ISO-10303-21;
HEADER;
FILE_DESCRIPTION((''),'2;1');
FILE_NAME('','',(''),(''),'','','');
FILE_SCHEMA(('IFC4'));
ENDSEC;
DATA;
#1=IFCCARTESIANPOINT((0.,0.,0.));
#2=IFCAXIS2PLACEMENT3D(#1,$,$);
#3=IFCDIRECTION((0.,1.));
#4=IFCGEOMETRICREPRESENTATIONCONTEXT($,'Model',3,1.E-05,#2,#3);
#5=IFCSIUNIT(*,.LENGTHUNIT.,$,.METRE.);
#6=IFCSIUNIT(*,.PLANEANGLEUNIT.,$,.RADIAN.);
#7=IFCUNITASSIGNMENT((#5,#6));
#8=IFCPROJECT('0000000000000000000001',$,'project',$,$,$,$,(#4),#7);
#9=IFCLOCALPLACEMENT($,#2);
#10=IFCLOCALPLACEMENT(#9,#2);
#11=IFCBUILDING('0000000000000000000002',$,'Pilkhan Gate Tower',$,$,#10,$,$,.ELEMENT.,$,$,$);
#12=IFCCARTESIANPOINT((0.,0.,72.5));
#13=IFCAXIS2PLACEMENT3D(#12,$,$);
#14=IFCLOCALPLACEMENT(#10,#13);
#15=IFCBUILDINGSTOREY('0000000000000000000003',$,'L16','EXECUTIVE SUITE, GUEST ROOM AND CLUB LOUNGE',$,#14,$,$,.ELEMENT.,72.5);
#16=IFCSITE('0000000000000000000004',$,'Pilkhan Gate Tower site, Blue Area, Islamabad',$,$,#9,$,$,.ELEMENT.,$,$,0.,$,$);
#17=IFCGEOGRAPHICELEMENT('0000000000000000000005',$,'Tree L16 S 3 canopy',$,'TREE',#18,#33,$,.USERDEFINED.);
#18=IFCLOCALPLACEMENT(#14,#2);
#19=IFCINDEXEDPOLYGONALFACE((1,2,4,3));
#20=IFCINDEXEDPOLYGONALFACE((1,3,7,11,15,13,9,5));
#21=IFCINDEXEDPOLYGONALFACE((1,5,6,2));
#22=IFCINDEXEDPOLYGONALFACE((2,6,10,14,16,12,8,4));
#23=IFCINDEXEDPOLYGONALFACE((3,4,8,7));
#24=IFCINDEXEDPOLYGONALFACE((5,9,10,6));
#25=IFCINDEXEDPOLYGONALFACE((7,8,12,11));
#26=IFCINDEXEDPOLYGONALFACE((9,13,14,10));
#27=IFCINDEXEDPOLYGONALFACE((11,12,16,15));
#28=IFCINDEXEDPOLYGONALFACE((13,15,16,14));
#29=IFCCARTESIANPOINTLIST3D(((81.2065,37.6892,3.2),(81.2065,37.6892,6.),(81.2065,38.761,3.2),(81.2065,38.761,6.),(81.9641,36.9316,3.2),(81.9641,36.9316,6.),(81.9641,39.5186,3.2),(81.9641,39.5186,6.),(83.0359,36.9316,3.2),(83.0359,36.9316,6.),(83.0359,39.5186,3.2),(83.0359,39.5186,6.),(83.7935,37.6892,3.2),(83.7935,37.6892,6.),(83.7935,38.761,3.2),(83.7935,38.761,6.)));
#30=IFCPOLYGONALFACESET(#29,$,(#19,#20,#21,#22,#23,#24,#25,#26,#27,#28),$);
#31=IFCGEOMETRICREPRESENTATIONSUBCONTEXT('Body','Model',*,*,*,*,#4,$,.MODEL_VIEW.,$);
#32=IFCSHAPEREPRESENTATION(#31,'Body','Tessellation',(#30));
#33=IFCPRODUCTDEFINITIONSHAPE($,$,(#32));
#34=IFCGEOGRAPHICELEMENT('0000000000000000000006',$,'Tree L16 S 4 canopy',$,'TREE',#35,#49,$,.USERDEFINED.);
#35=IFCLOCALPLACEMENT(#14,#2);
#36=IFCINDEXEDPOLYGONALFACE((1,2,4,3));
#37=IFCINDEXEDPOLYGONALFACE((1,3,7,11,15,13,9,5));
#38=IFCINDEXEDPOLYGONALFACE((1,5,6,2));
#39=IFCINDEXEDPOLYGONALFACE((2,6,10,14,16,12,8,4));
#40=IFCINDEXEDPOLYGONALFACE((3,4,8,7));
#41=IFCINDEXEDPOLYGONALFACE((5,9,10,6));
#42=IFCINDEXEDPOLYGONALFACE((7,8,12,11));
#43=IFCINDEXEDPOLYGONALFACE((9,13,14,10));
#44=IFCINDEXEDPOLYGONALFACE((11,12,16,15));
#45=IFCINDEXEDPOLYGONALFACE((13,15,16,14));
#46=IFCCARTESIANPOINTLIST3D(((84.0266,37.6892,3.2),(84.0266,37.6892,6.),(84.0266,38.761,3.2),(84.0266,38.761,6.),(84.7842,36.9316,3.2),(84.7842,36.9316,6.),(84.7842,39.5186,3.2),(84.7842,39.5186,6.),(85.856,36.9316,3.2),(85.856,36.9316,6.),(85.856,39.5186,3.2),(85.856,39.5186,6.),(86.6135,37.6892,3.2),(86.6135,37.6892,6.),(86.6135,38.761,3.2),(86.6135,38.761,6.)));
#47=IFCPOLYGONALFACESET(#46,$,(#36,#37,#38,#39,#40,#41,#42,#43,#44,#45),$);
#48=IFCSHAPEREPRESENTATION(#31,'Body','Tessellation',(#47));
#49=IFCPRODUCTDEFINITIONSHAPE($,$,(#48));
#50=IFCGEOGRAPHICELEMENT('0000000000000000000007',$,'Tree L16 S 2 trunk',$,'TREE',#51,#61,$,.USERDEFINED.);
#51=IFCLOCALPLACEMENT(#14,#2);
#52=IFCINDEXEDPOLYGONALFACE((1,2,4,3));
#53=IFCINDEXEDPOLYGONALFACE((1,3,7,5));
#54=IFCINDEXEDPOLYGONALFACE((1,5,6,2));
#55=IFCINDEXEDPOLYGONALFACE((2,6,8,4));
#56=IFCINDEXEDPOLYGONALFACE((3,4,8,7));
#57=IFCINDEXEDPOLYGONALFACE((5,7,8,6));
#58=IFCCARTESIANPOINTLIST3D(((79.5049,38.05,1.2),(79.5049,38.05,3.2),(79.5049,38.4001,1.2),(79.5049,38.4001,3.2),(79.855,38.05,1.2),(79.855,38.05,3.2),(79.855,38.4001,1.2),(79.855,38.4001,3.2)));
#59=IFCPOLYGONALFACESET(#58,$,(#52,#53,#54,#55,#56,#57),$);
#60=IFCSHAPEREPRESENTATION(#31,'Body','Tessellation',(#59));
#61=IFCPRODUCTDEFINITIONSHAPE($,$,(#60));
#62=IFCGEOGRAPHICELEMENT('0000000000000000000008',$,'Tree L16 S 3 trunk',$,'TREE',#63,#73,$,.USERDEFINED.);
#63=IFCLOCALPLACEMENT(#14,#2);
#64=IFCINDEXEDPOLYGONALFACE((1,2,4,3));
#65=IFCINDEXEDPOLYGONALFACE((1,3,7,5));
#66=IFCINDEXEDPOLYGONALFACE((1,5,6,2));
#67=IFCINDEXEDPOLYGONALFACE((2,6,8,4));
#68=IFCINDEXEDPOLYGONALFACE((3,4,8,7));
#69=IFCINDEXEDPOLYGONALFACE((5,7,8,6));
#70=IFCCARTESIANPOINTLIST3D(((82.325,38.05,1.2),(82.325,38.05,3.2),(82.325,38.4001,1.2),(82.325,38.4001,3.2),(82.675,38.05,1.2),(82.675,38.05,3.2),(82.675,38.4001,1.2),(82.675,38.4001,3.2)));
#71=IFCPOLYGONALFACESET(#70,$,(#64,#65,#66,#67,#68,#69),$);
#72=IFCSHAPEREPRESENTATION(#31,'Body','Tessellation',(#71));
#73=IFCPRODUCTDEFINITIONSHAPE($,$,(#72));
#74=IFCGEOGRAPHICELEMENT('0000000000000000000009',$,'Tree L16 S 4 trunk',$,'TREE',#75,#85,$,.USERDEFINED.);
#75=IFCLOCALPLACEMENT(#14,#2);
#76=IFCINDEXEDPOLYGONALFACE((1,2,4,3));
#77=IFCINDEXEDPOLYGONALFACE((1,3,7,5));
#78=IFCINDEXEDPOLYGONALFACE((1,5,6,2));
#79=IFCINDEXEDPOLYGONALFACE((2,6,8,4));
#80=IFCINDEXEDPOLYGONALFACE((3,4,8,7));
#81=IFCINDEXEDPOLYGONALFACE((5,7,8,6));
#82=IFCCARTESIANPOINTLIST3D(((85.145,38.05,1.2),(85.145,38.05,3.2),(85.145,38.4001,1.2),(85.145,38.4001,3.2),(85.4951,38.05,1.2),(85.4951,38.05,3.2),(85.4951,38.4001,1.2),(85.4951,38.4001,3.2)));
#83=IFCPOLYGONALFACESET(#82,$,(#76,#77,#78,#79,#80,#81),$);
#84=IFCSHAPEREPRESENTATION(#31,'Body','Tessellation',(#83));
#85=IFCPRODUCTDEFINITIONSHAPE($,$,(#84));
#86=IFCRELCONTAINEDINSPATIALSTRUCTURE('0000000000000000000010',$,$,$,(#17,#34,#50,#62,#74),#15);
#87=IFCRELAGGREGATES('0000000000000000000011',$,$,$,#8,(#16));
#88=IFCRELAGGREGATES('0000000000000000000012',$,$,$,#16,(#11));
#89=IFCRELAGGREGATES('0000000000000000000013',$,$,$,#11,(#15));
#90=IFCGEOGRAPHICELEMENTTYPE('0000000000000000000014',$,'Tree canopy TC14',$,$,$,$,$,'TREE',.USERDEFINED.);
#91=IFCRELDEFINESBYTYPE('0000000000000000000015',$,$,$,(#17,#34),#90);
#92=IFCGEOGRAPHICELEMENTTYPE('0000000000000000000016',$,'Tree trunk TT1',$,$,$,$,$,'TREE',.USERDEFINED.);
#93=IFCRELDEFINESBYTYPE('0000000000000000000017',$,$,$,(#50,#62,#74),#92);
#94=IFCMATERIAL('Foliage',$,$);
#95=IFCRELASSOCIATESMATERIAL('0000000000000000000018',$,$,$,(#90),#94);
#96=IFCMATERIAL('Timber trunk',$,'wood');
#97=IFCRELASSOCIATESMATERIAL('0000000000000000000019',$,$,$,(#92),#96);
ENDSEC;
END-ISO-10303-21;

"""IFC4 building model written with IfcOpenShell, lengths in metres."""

from ifc_helpers import new_model, si_unit, direction, frame, origin, origin_2d, place, context, subcontext, project, spatial, polyline, rectangle, outline, extrude, material, material_profile, profile_set, type_object, element, save


model = new_model("IFC4")

# Units and contexts
model_context = context("Model", 3, precision=1e-05, world=origin(), true_north=direction((0.0, 1.0)))
body_context = subcontext(model_context, "Body", "Model", "MODEL_VIEW")
ifc_project = project(units=[si_unit("LENGTHUNIT", "METRE"), si_unit("PLANEANGLEUNIT", "RADIAN")], contexts=[model_context])

# Site, building, storey
site_placement = place(None, origin())
site = spatial("IfcSite", under=ifc_project, at=site_placement, Name="Pilkhan Gate Tower site, Blue Area, Islamabad", CompositionType="ELEMENT", RefElevation=0.0)
building_placement = place(site_placement, origin())
building = spatial("IfcBuilding", under=site, at=building_placement, Name="Pilkhan Gate Tower", CompositionType="ELEMENT")
storey_placement = place(building_placement, frame((0.0, 0.0, 72.5)))
storey = spatial("IfcBuildingStorey", under=building, at=storey_placement, Name="L16", Description="EXECUTIVE SUITE, GUEST ROOM AND CLUB LOUNGE", CompositionType="ELEMENT", Elevation=72.5)

# Geographic elements
ifc_material_1 = material(Name="Foliage")
ifc_material_profile_1 = material_profile(ifc_material_1, outline(polyline([(1.2935, 0.5359), (0.5359, 1.2935), (-0.5359, 1.2935), (-1.2935, 0.5359), (-1.2935, -0.5359), (-0.5359, -1.2935), (0.5359, -1.2935), (1.2935, -0.5359), (1.2935, 0.5359)])), Name="Canopy D2.8")
ifc_profile_set_1 = profile_set([ifc_material_profile_1], Name="Foliage")
geographic_element_type_1 = type_object("IfcGeographicElementType", Name="Tree canopy TC14", ElementType="TREE", PredefinedType="USERDEFINED", material=ifc_profile_set_1)
for number, where, z_axis, x_axis, name in (
    (1, (82.5, 38.2251, 3.2), (0.0, 0.0, 1.0), (1.0, 0.0, 0.0), "Tree L16 S 3 canopy"),
    (2, (85.3201, 38.2251, 3.2), (0.0, 0.0, 1.0), (1.0, 0.0, 0.0), "Tree L16 S 4 canopy"),
):
    element("IfcGeographicElement", number, at=place(storey_placement, frame(where, z_axis=z_axis, x_axis=x_axis)), inside=storey, type_object=geographic_element_type_1, Name=name, ObjectType="TREE", PredefinedType="USERDEFINED", context=body_context, shape_type="SweptSolid", body=[
        extrude(outline(polyline([(1.2935, 0.5359), (0.5359, 1.2935), (-0.5359, 1.2935), (-1.2935, 0.5359), (-1.2935, -0.5359), (-0.5359, -1.2935), (0.5359, -1.2935), (1.2935, -0.5359), (1.2935, 0.5359)])), origin(), (0.0, 0.0, 1.0), 2.8),
    ])
ifc_material_2 = material(Name="Timber trunk", Category="wood")
geographic_element_type_2 = type_object("IfcGeographicElementType", Name="Tree trunk TT1", ElementType="TREE", PredefinedType="USERDEFINED", material=ifc_material_2)
for number, where, z_axis, x_axis, name in (
    (3, (79.6799, 38.2251, 1.2), (0.0, 0.0, 1.0), (1.0, 0.0, 0.0), "Tree L16 S 2 trunk"),
    (4, (82.5, 38.2251, 1.2), (0.0, 0.0, 1.0), (1.0, 0.0, 0.0), "Tree L16 S 3 trunk"),
    (5, (85.3201, 38.2251, 1.2), (0.0, 0.0, 1.0), (1.0, 0.0, 0.0), "Tree L16 S 4 trunk"),
):
    element("IfcGeographicElement", number, at=place(storey_placement, frame(where, z_axis=z_axis, x_axis=x_axis)), inside=storey, type_object=geographic_element_type_2, Name=name, ObjectType="TREE", PredefinedType="USERDEFINED", context=body_context, shape_type="SweptSolid", body=[
        extrude(rectangle(XDim=0.3501, YDim=0.3501, at=origin_2d()), origin(), (0.0, 0.0, 1.0), 2.0),
    ])

save(model, "model.ifc")
